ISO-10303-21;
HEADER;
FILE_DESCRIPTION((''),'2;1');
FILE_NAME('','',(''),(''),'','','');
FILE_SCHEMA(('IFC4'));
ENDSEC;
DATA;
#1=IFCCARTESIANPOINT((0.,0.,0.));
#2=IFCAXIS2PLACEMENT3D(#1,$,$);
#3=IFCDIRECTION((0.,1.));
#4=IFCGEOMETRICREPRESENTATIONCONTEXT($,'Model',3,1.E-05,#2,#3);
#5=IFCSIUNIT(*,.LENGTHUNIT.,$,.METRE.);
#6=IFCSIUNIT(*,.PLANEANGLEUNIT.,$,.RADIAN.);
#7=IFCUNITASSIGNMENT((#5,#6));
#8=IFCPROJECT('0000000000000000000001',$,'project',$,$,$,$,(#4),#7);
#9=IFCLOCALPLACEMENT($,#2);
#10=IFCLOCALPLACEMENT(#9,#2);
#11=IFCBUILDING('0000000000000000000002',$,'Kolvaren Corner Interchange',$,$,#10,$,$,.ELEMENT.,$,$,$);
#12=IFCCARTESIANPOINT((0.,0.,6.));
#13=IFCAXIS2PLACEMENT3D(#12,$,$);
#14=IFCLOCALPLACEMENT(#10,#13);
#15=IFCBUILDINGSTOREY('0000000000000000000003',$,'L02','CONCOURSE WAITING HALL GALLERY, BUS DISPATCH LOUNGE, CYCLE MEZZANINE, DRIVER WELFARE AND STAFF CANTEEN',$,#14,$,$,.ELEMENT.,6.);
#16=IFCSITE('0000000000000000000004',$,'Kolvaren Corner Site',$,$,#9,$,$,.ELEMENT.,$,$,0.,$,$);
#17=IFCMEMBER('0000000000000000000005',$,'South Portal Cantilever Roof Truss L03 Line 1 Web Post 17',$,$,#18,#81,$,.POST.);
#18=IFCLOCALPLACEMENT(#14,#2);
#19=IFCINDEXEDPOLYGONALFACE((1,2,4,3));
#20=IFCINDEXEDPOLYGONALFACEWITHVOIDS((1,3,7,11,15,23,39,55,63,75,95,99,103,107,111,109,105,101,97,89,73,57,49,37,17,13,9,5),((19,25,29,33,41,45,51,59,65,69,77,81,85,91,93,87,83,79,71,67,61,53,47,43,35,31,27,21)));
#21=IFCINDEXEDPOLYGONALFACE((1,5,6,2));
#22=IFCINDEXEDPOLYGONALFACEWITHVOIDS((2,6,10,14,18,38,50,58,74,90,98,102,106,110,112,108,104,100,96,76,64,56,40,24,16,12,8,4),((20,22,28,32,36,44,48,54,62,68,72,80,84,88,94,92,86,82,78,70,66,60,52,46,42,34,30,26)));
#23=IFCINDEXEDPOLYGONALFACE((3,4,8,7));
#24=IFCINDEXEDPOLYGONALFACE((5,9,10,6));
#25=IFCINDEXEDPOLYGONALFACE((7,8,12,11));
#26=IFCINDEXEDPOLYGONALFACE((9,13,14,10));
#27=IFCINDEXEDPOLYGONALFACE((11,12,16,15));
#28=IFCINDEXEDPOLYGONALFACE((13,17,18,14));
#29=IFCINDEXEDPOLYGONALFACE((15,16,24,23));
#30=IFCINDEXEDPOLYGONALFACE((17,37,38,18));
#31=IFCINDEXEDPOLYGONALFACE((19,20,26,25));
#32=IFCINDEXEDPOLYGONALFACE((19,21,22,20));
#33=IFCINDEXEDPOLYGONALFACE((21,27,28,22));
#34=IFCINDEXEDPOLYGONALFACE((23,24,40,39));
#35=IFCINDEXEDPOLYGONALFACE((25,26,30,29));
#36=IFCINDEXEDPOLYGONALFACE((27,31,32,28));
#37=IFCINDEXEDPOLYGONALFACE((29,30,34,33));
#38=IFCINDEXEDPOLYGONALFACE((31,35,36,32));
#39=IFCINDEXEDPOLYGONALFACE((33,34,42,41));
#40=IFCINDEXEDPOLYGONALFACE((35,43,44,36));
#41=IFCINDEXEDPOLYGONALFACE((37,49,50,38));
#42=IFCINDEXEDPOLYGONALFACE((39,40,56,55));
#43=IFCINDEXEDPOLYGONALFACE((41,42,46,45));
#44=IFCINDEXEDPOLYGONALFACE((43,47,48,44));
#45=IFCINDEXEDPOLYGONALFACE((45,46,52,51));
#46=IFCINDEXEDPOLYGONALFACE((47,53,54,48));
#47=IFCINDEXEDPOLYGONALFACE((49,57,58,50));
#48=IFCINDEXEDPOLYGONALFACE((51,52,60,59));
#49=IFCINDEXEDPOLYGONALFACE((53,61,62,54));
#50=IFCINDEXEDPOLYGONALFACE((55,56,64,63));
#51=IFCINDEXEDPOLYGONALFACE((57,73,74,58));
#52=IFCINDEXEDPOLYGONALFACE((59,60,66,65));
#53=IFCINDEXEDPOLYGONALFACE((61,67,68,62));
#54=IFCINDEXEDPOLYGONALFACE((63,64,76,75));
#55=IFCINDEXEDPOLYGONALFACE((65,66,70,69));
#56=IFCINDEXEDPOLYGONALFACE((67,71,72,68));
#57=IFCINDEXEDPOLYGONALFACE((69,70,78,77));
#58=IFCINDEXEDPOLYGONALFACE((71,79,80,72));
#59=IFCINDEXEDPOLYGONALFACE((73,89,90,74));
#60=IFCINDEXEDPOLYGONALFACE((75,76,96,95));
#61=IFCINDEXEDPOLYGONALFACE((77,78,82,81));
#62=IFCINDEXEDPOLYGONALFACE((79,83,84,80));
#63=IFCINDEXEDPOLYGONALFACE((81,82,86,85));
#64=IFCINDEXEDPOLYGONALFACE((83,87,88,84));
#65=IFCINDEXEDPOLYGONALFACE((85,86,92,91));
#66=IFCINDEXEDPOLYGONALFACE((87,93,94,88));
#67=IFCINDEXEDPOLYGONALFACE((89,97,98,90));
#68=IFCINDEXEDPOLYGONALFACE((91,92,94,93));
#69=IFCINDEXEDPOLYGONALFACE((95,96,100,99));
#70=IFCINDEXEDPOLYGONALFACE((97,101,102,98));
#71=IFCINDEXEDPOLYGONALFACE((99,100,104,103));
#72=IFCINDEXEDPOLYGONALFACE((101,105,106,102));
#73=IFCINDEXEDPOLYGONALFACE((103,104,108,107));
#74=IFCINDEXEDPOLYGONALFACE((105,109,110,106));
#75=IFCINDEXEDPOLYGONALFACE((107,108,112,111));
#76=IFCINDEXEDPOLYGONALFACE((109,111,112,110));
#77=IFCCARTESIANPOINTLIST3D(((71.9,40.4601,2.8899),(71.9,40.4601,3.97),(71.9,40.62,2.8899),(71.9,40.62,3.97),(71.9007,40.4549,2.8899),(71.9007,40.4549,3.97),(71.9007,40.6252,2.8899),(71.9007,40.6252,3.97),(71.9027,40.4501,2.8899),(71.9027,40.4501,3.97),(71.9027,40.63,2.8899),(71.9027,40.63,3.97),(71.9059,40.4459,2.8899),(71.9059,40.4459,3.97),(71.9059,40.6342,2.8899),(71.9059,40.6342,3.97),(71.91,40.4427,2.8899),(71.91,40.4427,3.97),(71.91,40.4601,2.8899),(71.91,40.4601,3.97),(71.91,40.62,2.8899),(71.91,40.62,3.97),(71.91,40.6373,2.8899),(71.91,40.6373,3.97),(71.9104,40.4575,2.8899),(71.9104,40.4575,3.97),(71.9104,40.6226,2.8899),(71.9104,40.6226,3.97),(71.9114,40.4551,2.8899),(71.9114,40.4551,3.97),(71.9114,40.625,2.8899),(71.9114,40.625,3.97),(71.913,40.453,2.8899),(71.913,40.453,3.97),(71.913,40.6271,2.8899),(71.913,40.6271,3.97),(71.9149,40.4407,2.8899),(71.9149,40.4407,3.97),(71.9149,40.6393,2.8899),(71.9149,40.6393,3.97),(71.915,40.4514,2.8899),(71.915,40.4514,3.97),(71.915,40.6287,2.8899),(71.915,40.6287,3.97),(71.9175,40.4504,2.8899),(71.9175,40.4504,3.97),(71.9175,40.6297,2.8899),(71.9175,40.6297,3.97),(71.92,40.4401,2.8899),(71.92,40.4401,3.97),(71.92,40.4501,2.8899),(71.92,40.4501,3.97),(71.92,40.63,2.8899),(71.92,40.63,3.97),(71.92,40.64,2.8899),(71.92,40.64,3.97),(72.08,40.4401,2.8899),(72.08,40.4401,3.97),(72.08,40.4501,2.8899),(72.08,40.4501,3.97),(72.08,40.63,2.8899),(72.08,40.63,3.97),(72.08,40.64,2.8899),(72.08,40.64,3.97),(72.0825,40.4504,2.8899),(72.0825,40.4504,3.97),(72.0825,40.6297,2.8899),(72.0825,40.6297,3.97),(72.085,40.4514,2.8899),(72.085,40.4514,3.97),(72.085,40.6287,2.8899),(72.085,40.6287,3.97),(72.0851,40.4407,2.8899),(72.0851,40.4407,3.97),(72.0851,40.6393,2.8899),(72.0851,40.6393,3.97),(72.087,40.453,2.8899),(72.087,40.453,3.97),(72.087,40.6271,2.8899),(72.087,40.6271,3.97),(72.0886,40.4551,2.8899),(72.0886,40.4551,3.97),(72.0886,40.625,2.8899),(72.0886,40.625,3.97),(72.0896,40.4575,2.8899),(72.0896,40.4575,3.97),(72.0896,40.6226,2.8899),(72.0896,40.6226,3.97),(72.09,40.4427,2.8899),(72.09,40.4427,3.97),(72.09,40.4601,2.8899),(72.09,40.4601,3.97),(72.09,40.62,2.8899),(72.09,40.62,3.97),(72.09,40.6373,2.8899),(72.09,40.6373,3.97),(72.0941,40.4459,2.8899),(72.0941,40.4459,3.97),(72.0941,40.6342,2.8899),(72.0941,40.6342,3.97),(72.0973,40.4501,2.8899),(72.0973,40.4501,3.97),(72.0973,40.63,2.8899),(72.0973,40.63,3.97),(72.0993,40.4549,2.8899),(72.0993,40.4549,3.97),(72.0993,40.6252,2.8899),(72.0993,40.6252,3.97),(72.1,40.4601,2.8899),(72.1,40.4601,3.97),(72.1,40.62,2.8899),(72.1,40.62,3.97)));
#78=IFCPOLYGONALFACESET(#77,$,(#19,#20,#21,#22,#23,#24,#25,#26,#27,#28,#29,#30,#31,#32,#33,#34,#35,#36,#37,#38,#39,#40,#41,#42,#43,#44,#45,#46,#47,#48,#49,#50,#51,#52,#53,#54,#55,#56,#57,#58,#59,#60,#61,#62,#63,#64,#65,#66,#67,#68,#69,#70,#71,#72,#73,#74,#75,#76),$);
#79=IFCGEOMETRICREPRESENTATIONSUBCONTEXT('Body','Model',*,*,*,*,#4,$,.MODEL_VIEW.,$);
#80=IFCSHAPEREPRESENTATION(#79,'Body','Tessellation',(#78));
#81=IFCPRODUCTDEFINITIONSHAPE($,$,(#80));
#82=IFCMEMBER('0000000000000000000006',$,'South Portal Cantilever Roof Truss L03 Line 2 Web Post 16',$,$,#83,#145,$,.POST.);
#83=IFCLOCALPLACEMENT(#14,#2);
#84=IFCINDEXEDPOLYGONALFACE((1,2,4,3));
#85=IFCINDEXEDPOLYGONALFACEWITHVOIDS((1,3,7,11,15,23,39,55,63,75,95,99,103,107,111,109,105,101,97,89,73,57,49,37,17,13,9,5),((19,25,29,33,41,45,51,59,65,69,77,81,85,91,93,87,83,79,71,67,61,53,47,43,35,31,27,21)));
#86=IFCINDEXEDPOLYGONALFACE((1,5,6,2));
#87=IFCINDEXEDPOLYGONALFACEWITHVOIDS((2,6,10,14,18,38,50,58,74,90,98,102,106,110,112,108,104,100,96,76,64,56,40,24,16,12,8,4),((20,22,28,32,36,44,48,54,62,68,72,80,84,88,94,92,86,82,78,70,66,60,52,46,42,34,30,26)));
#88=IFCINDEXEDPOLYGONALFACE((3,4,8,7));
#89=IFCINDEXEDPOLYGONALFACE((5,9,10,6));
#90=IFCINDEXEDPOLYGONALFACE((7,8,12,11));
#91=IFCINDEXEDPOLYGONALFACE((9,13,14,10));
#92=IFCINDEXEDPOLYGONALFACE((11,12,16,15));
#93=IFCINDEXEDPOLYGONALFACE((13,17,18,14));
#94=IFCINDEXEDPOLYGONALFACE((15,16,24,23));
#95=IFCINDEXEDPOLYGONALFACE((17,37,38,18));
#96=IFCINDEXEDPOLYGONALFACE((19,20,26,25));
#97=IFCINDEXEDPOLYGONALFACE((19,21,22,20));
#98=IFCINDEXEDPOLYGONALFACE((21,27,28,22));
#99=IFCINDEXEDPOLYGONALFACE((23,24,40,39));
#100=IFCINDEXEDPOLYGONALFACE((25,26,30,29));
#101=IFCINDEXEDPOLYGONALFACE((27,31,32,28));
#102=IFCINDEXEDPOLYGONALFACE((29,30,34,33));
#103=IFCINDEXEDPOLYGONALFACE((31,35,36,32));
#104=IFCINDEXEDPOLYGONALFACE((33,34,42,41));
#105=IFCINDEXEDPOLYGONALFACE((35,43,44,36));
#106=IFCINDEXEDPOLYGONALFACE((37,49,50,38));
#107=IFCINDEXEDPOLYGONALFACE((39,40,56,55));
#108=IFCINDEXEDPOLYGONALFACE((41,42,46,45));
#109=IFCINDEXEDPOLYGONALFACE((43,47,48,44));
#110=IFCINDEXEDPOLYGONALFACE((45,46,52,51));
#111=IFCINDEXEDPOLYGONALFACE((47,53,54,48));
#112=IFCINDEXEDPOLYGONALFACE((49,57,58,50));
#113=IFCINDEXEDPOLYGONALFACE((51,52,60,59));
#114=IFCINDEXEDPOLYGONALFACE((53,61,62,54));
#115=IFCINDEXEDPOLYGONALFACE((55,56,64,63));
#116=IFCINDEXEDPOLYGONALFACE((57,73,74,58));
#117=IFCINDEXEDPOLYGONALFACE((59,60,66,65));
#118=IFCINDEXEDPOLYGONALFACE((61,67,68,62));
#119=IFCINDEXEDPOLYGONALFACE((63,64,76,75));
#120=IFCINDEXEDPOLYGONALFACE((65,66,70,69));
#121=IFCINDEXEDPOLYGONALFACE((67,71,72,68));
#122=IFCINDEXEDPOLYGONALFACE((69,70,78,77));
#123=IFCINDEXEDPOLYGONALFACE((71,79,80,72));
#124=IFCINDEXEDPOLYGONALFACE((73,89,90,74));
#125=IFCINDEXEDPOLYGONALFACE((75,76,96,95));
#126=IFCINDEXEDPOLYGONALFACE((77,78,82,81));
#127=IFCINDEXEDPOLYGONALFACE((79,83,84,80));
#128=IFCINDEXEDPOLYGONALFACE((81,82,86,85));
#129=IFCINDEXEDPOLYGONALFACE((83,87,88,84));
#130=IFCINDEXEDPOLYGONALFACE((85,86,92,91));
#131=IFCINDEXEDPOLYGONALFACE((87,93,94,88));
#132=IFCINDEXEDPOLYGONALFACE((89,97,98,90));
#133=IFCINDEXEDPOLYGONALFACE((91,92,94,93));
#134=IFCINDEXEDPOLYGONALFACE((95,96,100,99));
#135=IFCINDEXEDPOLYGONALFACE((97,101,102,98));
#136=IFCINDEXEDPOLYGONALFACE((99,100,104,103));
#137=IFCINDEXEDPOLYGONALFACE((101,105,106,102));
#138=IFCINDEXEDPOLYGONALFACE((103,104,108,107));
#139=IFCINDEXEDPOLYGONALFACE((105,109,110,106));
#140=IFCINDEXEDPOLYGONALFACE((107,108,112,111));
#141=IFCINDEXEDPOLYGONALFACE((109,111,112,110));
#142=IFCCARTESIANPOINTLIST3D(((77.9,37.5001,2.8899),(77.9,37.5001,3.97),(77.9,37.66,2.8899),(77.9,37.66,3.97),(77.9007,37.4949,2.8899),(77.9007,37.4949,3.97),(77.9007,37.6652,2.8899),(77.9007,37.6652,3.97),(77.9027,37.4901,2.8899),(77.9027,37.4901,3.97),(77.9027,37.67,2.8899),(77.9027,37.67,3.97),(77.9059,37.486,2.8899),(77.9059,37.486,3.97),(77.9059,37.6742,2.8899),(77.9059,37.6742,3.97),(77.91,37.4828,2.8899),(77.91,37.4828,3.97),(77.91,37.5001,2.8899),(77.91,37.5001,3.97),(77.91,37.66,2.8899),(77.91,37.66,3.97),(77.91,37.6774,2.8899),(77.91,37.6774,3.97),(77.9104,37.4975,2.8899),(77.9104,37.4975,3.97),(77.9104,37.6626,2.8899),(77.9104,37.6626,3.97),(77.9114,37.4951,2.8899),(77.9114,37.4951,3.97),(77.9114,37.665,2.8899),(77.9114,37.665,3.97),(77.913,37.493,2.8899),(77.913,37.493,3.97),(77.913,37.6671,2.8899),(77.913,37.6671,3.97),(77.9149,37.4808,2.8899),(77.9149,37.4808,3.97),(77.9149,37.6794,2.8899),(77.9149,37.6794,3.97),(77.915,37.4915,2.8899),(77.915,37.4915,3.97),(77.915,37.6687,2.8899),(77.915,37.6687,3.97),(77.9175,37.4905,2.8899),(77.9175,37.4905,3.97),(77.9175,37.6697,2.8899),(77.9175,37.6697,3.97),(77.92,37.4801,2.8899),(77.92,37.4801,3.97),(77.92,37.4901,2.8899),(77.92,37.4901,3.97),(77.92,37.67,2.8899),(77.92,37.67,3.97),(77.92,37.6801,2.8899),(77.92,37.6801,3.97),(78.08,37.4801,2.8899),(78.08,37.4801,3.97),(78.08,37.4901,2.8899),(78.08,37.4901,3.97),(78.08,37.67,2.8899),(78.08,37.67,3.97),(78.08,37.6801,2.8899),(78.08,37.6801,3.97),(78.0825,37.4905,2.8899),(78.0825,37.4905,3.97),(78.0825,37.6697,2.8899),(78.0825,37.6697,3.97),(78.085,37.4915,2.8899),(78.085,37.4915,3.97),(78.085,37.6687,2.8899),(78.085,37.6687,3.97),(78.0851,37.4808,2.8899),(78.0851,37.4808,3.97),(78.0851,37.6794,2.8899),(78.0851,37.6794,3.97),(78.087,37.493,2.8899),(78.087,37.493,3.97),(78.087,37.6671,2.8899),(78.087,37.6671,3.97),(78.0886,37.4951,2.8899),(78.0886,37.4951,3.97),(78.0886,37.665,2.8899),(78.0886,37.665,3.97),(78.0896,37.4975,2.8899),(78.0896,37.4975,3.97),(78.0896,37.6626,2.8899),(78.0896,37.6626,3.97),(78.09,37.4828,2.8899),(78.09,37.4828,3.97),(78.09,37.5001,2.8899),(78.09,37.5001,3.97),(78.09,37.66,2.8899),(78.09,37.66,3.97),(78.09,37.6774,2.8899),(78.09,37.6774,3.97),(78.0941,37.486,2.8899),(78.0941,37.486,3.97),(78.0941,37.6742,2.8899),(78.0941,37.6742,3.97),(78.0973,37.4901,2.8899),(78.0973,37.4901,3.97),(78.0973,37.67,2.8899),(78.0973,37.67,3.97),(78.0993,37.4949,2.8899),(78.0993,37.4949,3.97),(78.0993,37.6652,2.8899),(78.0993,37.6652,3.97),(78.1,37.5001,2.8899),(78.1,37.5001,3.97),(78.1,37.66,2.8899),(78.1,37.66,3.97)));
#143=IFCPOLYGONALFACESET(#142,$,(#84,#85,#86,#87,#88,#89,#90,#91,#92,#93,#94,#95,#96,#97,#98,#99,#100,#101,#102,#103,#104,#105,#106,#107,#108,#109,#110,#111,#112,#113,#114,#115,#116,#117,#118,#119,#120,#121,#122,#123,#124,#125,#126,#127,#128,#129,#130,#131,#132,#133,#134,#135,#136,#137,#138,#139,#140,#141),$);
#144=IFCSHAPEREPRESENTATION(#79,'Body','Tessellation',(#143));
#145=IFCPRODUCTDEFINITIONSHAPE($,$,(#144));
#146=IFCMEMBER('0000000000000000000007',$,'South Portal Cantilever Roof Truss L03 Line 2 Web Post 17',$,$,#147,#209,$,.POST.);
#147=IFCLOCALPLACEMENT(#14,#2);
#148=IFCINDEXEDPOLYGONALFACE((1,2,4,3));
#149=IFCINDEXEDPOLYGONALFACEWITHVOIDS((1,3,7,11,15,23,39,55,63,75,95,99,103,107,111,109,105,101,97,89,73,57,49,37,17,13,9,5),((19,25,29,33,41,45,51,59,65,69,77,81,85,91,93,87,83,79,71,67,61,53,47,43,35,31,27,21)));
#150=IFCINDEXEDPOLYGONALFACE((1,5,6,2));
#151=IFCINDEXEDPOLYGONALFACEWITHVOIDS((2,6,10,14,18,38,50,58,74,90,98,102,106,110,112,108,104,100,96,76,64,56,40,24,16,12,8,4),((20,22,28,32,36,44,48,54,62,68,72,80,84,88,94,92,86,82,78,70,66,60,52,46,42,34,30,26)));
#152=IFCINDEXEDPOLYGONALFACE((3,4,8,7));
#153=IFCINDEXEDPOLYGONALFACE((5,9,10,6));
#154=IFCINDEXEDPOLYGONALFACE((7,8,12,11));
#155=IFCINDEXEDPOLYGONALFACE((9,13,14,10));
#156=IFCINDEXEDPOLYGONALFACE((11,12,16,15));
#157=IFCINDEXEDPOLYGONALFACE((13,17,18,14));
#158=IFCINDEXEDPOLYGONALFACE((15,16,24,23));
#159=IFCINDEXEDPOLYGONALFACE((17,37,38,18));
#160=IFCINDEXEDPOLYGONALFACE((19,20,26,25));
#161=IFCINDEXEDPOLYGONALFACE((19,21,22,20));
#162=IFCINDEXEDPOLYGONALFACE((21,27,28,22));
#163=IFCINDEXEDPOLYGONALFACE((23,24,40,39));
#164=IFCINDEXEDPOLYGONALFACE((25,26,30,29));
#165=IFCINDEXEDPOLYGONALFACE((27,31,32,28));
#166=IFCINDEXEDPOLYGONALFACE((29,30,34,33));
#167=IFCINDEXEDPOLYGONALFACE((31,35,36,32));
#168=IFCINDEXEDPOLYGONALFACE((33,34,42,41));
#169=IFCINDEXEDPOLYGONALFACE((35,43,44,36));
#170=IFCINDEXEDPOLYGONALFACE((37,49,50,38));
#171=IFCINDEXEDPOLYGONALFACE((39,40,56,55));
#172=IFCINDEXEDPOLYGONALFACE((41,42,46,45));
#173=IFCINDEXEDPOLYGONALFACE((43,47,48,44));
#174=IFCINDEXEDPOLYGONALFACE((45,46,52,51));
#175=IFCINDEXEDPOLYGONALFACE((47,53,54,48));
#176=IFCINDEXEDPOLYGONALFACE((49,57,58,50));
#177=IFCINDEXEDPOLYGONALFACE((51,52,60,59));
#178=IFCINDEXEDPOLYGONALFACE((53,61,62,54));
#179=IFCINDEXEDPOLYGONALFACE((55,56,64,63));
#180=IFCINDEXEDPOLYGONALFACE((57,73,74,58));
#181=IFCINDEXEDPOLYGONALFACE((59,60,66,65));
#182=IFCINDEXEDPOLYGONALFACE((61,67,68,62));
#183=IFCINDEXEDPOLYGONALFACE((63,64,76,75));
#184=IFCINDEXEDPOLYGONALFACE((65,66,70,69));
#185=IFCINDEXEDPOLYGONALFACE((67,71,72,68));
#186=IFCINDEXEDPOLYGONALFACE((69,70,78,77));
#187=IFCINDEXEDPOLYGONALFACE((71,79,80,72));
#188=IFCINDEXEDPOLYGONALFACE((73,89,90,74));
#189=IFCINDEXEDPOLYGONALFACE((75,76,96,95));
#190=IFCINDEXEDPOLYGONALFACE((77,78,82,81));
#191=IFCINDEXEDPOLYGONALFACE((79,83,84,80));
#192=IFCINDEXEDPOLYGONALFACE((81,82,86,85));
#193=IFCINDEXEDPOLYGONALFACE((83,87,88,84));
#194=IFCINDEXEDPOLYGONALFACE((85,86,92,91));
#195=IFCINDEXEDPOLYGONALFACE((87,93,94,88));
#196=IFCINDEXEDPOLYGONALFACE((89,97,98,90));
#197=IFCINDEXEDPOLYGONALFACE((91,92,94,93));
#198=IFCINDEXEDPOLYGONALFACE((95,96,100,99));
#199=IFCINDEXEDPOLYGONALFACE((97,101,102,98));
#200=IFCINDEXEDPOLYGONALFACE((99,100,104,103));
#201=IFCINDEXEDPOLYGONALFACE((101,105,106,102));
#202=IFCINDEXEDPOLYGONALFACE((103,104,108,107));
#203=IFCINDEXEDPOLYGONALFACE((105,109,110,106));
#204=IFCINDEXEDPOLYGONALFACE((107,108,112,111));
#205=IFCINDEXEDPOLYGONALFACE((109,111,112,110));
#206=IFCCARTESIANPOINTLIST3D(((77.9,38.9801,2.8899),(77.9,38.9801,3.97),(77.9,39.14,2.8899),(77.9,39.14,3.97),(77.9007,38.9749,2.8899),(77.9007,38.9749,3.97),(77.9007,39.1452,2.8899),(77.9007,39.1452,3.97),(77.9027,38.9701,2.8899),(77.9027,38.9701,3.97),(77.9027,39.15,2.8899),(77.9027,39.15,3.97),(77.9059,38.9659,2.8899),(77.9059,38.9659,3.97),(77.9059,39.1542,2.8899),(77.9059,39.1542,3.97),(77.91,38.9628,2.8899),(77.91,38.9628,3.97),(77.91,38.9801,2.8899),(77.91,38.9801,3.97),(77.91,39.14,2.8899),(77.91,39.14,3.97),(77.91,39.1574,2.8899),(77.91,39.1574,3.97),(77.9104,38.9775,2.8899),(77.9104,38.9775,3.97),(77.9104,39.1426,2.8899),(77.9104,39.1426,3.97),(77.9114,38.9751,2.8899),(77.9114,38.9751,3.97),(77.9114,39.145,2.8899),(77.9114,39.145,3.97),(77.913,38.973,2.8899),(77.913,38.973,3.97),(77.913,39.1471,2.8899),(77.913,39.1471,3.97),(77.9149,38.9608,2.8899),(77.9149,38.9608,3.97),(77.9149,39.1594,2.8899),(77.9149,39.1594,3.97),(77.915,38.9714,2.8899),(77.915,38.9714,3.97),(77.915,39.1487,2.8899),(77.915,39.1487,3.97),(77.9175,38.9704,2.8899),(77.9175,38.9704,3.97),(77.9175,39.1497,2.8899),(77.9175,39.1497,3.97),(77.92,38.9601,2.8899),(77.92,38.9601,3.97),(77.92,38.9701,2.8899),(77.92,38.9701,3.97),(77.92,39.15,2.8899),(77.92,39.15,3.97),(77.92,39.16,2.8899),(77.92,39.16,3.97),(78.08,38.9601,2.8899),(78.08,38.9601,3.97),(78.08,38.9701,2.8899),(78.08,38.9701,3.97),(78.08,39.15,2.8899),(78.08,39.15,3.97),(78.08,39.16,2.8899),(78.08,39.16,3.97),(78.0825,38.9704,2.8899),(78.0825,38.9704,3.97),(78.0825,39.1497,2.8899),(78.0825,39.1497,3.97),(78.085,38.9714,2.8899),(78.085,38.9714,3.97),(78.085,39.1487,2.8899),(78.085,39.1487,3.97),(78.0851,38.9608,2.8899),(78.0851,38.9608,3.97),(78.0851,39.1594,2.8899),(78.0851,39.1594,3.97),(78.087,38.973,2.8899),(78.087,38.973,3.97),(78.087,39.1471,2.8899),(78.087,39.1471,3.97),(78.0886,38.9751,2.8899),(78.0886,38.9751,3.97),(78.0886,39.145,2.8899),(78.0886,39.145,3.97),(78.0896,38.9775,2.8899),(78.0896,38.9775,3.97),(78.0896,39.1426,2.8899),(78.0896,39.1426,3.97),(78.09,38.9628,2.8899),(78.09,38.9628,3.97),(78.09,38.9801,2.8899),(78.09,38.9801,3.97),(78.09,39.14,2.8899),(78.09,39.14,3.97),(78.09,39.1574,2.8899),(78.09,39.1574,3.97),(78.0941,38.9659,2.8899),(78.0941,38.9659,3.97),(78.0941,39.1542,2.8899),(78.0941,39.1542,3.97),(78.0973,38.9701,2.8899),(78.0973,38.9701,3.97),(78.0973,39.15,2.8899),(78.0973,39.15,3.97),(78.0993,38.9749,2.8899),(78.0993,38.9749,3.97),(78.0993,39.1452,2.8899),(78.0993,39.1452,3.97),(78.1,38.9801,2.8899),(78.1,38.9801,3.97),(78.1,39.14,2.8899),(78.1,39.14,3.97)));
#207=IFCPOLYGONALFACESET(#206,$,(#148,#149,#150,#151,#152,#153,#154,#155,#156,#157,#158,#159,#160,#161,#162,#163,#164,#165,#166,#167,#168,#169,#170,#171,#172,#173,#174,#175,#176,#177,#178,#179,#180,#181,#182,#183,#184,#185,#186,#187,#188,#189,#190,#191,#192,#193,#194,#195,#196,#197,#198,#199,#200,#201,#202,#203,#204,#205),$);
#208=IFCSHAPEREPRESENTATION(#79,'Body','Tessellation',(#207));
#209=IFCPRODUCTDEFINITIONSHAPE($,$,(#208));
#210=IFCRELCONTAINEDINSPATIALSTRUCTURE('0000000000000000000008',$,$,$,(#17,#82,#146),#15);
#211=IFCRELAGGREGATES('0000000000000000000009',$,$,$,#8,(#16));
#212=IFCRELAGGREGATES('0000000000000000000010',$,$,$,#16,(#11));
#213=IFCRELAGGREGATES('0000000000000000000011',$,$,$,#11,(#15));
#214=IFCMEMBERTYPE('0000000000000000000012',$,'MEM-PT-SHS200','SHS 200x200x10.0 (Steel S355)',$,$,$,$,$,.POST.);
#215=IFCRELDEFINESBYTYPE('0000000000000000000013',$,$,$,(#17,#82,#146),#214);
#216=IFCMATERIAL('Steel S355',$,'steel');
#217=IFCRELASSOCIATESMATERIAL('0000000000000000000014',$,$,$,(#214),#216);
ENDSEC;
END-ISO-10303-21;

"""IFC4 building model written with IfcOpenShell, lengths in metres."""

from ifc_helpers import new_model, si_unit, direction, frame, origin, origin_2d, place, context, subcontext, project, spatial, hollow_rectangle, extrude, material, material_profile, profile_set, type_object, element, save


model = new_model("IFC4")

# Units and contexts
model_context = context("Model", 3, precision=1e-05, world=origin(), true_north=direction((0.0, 1.0)))
body_context = subcontext(model_context, "Body", "Model", "MODEL_VIEW")
ifc_project = project(units=[si_unit("LENGTHUNIT", "METRE"), si_unit("PLANEANGLEUNIT", "RADIAN")], contexts=[model_context])

# Site, building, storey
site_placement = place(None, origin())
site = spatial("IfcSite", under=ifc_project, at=site_placement, Name="Kolvaren Corner Site", CompositionType="ELEMENT", RefElevation=0.0)
building_placement = place(site_placement, origin())
building = spatial("IfcBuilding", under=site, at=building_placement, Name="Kolvaren Corner Interchange", CompositionType="ELEMENT")
storey_placement = place(building_placement, frame((0.0, 0.0, 6.0)))
storey = spatial("IfcBuildingStorey", under=building, at=storey_placement, Name="L02", Description="CONCOURSE WAITING HALL GALLERY, BUS DISPATCH LOUNGE, CYCLE MEZZANINE, DRIVER WELFARE AND STAFF CANTEEN", CompositionType="ELEMENT", Elevation=6.0)

# Members
ifc_material_1 = material(Name="Steel S355", Category="steel")
ifc_material_profile_1 = material_profile(ifc_material_1, hollow_rectangle(XDim=0.2, YDim=0.2, WallThickness=0.01, InnerFilletRadius=0.01, OuterFilletRadius=0.02, at=origin_2d()), Name="SHS 200x200x10.0")
ifc_profile_set_1 = profile_set([ifc_material_profile_1], Name="Steel S355")
member_type_1 = type_object("IfcMemberType", Name="MEM-PT-SHS200", Description="SHS 200x200x10.0 (Steel S355)", PredefinedType="POST", material=ifc_profile_set_1)
for number, where, z_axis, x_axis, name in (
    (1, (72.0, 40.54, 2.8899), (0.0, 0.0, 1.0), (1.0, 0.0, 0.0), "South Portal Cantilever Roof Truss L03 Line 1 Web Post 17"),
    (2, (78.0, 37.5801, 2.8899), (0.0, 0.0, 1.0), (1.0, 0.0, 0.0), "South Portal Cantilever Roof Truss L03 Line 2 Web Post 16"),
    (3, (78.0, 39.0601, 2.8899), (0.0, 0.0, 1.0), (1.0, 0.0, 0.0), "South Portal Cantilever Roof Truss L03 Line 2 Web Post 17"),
):
    element("IfcMember", number, at=place(storey_placement, frame(where, z_axis=z_axis, x_axis=x_axis)), inside=storey, type_object=member_type_1, Name=name, PredefinedType="POST", context=body_context, shape_type="SweptSolid", body=[
        extrude(hollow_rectangle(XDim=0.2, YDim=0.2, WallThickness=0.01, InnerFilletRadius=0.01, OuterFilletRadius=0.02, at=origin_2d()), origin(), (0.0, 0.0, 1.0), 1.0801),
    ])

save(model, "model.ifc")
